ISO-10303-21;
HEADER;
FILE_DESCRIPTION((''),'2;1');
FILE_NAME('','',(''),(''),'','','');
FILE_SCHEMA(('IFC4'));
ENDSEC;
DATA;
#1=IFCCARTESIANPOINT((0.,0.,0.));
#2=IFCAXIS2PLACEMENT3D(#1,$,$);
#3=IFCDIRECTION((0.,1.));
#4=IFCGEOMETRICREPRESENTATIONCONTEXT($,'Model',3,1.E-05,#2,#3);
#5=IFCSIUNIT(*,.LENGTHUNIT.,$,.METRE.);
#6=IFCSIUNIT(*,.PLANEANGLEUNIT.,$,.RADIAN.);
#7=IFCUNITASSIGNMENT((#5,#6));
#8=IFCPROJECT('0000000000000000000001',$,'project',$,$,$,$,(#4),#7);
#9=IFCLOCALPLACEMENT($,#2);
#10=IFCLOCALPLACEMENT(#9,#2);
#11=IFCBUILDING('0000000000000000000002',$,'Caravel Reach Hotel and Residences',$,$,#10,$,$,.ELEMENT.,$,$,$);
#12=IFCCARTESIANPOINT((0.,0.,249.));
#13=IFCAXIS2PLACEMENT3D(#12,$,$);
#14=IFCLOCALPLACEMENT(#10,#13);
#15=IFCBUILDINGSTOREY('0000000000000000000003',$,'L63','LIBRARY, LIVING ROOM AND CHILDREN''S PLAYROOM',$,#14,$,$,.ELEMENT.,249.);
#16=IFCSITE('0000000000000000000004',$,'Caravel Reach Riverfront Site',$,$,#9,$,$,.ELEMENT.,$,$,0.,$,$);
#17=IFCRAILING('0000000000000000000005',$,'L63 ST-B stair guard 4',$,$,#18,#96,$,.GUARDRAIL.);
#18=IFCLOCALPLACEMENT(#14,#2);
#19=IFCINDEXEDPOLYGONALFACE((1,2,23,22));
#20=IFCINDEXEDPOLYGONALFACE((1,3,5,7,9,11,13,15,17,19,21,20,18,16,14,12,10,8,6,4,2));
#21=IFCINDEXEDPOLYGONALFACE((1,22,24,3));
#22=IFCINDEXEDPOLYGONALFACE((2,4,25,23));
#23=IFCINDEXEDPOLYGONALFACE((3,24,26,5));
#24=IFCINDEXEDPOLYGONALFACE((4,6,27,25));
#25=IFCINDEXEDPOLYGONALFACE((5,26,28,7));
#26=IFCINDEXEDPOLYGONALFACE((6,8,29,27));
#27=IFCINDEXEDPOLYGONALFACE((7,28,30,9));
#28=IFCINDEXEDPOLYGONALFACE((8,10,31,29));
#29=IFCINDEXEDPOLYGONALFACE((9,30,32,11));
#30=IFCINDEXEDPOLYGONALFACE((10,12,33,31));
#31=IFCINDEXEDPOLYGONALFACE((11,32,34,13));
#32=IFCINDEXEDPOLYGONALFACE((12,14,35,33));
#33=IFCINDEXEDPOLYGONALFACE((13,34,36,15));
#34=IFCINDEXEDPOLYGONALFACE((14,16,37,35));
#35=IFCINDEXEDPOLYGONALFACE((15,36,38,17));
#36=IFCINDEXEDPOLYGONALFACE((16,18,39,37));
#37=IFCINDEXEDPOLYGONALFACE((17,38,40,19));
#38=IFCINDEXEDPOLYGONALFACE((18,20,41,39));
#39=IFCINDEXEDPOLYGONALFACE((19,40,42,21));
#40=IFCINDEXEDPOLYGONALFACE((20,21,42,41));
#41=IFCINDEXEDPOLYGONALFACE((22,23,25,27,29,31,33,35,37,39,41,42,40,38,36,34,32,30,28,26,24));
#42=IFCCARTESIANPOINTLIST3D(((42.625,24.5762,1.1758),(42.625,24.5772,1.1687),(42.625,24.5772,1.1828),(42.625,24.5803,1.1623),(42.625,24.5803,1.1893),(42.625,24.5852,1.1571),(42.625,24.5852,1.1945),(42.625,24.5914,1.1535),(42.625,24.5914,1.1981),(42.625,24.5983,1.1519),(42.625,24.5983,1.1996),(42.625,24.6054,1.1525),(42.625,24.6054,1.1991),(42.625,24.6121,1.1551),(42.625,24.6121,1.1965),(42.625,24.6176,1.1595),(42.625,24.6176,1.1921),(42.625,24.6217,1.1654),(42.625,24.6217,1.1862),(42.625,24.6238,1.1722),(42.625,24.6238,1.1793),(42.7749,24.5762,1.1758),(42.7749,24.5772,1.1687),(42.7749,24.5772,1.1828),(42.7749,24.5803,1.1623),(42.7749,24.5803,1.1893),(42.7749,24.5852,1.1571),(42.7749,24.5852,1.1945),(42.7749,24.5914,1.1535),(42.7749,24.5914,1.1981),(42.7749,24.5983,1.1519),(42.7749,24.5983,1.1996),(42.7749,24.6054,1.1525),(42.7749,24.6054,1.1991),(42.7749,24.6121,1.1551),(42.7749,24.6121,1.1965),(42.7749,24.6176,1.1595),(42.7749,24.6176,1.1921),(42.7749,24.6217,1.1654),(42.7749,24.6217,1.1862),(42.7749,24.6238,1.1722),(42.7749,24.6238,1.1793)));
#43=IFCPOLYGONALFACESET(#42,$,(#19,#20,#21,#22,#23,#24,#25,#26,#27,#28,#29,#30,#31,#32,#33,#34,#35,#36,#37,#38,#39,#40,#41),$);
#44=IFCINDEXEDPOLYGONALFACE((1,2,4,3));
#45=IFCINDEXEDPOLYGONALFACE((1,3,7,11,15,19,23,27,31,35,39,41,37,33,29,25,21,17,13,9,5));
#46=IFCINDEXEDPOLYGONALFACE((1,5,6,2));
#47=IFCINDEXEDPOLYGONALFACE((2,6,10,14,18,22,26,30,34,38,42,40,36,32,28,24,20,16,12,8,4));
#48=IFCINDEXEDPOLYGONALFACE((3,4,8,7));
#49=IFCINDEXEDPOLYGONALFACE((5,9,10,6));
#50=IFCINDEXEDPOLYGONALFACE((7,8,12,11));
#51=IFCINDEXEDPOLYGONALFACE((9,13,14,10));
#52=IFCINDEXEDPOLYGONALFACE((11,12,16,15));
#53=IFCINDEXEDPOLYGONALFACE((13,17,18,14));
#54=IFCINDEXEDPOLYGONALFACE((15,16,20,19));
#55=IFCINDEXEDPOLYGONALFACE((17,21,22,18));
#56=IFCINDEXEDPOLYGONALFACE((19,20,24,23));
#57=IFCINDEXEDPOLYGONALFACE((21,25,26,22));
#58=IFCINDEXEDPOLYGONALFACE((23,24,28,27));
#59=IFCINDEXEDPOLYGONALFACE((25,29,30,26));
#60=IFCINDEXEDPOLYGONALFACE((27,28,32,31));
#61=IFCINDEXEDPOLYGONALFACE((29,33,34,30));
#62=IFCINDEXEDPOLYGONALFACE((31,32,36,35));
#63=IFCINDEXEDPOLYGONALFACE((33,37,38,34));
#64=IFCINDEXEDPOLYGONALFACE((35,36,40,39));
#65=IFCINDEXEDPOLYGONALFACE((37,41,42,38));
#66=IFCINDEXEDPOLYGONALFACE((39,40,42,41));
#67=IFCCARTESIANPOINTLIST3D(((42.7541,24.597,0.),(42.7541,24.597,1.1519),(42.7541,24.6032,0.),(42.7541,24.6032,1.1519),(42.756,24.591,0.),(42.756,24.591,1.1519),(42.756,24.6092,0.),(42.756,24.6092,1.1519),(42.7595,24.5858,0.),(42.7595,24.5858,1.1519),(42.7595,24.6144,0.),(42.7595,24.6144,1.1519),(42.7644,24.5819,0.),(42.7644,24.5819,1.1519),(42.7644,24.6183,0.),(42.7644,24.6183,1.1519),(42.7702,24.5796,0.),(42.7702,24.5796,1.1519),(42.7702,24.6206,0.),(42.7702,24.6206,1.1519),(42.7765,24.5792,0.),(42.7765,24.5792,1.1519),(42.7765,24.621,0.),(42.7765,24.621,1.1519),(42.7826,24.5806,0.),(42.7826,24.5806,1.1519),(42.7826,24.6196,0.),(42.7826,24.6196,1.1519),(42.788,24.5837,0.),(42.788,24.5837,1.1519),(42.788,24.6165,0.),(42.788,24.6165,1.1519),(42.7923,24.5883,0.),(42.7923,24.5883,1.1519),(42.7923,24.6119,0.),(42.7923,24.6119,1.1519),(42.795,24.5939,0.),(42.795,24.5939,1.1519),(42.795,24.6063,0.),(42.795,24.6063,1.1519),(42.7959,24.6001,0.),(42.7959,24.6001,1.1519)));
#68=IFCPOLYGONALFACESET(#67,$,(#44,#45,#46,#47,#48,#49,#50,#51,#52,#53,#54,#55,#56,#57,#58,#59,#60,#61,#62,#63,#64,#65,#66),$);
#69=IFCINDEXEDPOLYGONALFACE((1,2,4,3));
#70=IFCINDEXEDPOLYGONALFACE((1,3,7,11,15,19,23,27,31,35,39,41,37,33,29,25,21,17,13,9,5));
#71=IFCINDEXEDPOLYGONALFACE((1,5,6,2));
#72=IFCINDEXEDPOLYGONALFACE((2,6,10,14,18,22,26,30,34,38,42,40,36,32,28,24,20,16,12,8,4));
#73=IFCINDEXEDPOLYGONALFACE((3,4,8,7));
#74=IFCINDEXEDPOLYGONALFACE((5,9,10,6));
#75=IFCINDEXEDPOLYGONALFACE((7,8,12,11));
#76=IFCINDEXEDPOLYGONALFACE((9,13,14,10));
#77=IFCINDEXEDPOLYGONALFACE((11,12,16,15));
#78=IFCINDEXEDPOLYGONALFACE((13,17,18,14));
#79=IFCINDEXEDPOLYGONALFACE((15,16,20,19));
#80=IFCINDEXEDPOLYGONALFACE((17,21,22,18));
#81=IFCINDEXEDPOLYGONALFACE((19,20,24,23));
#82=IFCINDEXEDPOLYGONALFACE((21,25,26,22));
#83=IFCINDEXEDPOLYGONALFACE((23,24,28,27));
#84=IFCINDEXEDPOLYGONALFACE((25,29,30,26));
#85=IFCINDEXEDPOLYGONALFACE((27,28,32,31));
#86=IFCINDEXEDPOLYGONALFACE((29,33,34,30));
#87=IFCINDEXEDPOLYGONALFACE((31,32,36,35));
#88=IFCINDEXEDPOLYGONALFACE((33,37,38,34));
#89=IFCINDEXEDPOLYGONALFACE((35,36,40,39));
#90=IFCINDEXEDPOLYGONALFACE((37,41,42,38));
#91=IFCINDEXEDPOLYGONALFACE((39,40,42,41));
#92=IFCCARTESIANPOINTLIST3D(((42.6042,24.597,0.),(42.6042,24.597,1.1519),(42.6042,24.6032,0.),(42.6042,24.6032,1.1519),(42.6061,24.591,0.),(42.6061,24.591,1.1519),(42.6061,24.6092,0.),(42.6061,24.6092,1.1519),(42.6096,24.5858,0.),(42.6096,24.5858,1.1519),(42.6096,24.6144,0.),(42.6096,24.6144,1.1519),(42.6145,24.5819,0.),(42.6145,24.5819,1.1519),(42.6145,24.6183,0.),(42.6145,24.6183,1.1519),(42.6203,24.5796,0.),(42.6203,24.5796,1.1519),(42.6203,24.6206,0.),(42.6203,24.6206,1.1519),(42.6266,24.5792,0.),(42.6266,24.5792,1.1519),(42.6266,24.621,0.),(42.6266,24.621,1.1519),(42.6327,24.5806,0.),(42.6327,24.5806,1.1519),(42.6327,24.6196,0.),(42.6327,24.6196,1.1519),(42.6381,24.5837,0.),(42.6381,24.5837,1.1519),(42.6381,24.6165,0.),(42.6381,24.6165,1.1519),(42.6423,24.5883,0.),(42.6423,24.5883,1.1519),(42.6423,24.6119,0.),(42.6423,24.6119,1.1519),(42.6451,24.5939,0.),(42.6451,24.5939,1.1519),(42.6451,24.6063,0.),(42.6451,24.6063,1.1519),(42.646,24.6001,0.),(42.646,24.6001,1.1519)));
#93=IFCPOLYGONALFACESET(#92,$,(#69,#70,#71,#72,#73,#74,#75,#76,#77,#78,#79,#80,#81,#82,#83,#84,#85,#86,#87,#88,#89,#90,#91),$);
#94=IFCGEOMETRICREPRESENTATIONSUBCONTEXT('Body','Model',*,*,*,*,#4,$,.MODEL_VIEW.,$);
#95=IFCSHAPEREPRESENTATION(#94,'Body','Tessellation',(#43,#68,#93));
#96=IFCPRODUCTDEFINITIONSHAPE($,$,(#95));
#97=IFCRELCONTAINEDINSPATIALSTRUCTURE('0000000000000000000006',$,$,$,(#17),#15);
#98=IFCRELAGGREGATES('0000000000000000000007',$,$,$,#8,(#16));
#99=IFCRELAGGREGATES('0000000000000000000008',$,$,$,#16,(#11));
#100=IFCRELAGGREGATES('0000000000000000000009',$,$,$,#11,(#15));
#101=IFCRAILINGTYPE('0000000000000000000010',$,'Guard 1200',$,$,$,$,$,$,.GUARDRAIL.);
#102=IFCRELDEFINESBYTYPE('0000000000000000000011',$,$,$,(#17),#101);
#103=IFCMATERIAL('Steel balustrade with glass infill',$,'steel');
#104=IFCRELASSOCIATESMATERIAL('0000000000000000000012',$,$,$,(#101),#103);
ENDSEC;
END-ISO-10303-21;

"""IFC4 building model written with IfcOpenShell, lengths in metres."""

from ifc_helpers import new_model, si_unit, direction, frame, origin, origin_2d, place, context, subcontext, project, spatial, circle, extrude, material, type_object, element, save


model = new_model("IFC4")

# Units and contexts
model_context = context("Model", 3, precision=1e-05, world=origin(), true_north=direction((0.0, 1.0)))
body_context = subcontext(model_context, "Body", "Model", "MODEL_VIEW")
ifc_project = project(units=[si_unit("LENGTHUNIT", "METRE"), si_unit("PLANEANGLEUNIT", "RADIAN")], contexts=[model_context])

# Site, building, storey
site_placement = place(None, origin())
site = spatial("IfcSite", under=ifc_project, at=site_placement, Name="Caravel Reach Riverfront Site", CompositionType="ELEMENT", RefElevation=0.0)
building_placement = place(site_placement, origin())
building = spatial("IfcBuilding", under=site, at=building_placement, Name="Caravel Reach Hotel and Residences", CompositionType="ELEMENT")
storey_placement = place(building_placement, frame((0.0, 0.0, 249.0)))
storey = spatial("IfcBuildingStorey", under=building, at=storey_placement, Name="L63", Description="LIBRARY, LIVING ROOM AND CHILDREN'S PLAYROOM", CompositionType="ELEMENT", Elevation=249.0)

# Railing
ifc_material_1 = material(Name="Steel balustrade with glass infill", Category="steel")
railing_type_1 = type_object("IfcRailingType", Name="Guard 1200", PredefinedType="GUARDRAIL", material=ifc_material_1)
railing_1_placement = place(storey_placement, frame((42.7749, 24.6001, 0.0)))
element("IfcRailing", 1, at=railing_1_placement, inside=storey, type_object=railing_type_1, Name="L63 ST-B stair guard 4", PredefinedType="GUARDRAIL", context=body_context, shape_type="SweptSolid", body=[
    extrude(circle(Radius=0.0239, at=origin_2d()), frame((0.0, 0.0, 1.1758), z_axis=(-1.0, 0.0, 0.0), x_axis=(0.0, -1.0, 0.0)), (0.0, 0.0, 1.0), 0.1499),
    extrude(circle(Radius=0.021, at=origin_2d()), origin(), (0.0, 0.0, 1.0), 1.1519),
    extrude(circle(Radius=0.021, at=origin_2d()), frame((-0.1499, 0.0, 0.0)), (0.0, 0.0, 1.0), 1.1519),
])

save(model, "model.ifc")
